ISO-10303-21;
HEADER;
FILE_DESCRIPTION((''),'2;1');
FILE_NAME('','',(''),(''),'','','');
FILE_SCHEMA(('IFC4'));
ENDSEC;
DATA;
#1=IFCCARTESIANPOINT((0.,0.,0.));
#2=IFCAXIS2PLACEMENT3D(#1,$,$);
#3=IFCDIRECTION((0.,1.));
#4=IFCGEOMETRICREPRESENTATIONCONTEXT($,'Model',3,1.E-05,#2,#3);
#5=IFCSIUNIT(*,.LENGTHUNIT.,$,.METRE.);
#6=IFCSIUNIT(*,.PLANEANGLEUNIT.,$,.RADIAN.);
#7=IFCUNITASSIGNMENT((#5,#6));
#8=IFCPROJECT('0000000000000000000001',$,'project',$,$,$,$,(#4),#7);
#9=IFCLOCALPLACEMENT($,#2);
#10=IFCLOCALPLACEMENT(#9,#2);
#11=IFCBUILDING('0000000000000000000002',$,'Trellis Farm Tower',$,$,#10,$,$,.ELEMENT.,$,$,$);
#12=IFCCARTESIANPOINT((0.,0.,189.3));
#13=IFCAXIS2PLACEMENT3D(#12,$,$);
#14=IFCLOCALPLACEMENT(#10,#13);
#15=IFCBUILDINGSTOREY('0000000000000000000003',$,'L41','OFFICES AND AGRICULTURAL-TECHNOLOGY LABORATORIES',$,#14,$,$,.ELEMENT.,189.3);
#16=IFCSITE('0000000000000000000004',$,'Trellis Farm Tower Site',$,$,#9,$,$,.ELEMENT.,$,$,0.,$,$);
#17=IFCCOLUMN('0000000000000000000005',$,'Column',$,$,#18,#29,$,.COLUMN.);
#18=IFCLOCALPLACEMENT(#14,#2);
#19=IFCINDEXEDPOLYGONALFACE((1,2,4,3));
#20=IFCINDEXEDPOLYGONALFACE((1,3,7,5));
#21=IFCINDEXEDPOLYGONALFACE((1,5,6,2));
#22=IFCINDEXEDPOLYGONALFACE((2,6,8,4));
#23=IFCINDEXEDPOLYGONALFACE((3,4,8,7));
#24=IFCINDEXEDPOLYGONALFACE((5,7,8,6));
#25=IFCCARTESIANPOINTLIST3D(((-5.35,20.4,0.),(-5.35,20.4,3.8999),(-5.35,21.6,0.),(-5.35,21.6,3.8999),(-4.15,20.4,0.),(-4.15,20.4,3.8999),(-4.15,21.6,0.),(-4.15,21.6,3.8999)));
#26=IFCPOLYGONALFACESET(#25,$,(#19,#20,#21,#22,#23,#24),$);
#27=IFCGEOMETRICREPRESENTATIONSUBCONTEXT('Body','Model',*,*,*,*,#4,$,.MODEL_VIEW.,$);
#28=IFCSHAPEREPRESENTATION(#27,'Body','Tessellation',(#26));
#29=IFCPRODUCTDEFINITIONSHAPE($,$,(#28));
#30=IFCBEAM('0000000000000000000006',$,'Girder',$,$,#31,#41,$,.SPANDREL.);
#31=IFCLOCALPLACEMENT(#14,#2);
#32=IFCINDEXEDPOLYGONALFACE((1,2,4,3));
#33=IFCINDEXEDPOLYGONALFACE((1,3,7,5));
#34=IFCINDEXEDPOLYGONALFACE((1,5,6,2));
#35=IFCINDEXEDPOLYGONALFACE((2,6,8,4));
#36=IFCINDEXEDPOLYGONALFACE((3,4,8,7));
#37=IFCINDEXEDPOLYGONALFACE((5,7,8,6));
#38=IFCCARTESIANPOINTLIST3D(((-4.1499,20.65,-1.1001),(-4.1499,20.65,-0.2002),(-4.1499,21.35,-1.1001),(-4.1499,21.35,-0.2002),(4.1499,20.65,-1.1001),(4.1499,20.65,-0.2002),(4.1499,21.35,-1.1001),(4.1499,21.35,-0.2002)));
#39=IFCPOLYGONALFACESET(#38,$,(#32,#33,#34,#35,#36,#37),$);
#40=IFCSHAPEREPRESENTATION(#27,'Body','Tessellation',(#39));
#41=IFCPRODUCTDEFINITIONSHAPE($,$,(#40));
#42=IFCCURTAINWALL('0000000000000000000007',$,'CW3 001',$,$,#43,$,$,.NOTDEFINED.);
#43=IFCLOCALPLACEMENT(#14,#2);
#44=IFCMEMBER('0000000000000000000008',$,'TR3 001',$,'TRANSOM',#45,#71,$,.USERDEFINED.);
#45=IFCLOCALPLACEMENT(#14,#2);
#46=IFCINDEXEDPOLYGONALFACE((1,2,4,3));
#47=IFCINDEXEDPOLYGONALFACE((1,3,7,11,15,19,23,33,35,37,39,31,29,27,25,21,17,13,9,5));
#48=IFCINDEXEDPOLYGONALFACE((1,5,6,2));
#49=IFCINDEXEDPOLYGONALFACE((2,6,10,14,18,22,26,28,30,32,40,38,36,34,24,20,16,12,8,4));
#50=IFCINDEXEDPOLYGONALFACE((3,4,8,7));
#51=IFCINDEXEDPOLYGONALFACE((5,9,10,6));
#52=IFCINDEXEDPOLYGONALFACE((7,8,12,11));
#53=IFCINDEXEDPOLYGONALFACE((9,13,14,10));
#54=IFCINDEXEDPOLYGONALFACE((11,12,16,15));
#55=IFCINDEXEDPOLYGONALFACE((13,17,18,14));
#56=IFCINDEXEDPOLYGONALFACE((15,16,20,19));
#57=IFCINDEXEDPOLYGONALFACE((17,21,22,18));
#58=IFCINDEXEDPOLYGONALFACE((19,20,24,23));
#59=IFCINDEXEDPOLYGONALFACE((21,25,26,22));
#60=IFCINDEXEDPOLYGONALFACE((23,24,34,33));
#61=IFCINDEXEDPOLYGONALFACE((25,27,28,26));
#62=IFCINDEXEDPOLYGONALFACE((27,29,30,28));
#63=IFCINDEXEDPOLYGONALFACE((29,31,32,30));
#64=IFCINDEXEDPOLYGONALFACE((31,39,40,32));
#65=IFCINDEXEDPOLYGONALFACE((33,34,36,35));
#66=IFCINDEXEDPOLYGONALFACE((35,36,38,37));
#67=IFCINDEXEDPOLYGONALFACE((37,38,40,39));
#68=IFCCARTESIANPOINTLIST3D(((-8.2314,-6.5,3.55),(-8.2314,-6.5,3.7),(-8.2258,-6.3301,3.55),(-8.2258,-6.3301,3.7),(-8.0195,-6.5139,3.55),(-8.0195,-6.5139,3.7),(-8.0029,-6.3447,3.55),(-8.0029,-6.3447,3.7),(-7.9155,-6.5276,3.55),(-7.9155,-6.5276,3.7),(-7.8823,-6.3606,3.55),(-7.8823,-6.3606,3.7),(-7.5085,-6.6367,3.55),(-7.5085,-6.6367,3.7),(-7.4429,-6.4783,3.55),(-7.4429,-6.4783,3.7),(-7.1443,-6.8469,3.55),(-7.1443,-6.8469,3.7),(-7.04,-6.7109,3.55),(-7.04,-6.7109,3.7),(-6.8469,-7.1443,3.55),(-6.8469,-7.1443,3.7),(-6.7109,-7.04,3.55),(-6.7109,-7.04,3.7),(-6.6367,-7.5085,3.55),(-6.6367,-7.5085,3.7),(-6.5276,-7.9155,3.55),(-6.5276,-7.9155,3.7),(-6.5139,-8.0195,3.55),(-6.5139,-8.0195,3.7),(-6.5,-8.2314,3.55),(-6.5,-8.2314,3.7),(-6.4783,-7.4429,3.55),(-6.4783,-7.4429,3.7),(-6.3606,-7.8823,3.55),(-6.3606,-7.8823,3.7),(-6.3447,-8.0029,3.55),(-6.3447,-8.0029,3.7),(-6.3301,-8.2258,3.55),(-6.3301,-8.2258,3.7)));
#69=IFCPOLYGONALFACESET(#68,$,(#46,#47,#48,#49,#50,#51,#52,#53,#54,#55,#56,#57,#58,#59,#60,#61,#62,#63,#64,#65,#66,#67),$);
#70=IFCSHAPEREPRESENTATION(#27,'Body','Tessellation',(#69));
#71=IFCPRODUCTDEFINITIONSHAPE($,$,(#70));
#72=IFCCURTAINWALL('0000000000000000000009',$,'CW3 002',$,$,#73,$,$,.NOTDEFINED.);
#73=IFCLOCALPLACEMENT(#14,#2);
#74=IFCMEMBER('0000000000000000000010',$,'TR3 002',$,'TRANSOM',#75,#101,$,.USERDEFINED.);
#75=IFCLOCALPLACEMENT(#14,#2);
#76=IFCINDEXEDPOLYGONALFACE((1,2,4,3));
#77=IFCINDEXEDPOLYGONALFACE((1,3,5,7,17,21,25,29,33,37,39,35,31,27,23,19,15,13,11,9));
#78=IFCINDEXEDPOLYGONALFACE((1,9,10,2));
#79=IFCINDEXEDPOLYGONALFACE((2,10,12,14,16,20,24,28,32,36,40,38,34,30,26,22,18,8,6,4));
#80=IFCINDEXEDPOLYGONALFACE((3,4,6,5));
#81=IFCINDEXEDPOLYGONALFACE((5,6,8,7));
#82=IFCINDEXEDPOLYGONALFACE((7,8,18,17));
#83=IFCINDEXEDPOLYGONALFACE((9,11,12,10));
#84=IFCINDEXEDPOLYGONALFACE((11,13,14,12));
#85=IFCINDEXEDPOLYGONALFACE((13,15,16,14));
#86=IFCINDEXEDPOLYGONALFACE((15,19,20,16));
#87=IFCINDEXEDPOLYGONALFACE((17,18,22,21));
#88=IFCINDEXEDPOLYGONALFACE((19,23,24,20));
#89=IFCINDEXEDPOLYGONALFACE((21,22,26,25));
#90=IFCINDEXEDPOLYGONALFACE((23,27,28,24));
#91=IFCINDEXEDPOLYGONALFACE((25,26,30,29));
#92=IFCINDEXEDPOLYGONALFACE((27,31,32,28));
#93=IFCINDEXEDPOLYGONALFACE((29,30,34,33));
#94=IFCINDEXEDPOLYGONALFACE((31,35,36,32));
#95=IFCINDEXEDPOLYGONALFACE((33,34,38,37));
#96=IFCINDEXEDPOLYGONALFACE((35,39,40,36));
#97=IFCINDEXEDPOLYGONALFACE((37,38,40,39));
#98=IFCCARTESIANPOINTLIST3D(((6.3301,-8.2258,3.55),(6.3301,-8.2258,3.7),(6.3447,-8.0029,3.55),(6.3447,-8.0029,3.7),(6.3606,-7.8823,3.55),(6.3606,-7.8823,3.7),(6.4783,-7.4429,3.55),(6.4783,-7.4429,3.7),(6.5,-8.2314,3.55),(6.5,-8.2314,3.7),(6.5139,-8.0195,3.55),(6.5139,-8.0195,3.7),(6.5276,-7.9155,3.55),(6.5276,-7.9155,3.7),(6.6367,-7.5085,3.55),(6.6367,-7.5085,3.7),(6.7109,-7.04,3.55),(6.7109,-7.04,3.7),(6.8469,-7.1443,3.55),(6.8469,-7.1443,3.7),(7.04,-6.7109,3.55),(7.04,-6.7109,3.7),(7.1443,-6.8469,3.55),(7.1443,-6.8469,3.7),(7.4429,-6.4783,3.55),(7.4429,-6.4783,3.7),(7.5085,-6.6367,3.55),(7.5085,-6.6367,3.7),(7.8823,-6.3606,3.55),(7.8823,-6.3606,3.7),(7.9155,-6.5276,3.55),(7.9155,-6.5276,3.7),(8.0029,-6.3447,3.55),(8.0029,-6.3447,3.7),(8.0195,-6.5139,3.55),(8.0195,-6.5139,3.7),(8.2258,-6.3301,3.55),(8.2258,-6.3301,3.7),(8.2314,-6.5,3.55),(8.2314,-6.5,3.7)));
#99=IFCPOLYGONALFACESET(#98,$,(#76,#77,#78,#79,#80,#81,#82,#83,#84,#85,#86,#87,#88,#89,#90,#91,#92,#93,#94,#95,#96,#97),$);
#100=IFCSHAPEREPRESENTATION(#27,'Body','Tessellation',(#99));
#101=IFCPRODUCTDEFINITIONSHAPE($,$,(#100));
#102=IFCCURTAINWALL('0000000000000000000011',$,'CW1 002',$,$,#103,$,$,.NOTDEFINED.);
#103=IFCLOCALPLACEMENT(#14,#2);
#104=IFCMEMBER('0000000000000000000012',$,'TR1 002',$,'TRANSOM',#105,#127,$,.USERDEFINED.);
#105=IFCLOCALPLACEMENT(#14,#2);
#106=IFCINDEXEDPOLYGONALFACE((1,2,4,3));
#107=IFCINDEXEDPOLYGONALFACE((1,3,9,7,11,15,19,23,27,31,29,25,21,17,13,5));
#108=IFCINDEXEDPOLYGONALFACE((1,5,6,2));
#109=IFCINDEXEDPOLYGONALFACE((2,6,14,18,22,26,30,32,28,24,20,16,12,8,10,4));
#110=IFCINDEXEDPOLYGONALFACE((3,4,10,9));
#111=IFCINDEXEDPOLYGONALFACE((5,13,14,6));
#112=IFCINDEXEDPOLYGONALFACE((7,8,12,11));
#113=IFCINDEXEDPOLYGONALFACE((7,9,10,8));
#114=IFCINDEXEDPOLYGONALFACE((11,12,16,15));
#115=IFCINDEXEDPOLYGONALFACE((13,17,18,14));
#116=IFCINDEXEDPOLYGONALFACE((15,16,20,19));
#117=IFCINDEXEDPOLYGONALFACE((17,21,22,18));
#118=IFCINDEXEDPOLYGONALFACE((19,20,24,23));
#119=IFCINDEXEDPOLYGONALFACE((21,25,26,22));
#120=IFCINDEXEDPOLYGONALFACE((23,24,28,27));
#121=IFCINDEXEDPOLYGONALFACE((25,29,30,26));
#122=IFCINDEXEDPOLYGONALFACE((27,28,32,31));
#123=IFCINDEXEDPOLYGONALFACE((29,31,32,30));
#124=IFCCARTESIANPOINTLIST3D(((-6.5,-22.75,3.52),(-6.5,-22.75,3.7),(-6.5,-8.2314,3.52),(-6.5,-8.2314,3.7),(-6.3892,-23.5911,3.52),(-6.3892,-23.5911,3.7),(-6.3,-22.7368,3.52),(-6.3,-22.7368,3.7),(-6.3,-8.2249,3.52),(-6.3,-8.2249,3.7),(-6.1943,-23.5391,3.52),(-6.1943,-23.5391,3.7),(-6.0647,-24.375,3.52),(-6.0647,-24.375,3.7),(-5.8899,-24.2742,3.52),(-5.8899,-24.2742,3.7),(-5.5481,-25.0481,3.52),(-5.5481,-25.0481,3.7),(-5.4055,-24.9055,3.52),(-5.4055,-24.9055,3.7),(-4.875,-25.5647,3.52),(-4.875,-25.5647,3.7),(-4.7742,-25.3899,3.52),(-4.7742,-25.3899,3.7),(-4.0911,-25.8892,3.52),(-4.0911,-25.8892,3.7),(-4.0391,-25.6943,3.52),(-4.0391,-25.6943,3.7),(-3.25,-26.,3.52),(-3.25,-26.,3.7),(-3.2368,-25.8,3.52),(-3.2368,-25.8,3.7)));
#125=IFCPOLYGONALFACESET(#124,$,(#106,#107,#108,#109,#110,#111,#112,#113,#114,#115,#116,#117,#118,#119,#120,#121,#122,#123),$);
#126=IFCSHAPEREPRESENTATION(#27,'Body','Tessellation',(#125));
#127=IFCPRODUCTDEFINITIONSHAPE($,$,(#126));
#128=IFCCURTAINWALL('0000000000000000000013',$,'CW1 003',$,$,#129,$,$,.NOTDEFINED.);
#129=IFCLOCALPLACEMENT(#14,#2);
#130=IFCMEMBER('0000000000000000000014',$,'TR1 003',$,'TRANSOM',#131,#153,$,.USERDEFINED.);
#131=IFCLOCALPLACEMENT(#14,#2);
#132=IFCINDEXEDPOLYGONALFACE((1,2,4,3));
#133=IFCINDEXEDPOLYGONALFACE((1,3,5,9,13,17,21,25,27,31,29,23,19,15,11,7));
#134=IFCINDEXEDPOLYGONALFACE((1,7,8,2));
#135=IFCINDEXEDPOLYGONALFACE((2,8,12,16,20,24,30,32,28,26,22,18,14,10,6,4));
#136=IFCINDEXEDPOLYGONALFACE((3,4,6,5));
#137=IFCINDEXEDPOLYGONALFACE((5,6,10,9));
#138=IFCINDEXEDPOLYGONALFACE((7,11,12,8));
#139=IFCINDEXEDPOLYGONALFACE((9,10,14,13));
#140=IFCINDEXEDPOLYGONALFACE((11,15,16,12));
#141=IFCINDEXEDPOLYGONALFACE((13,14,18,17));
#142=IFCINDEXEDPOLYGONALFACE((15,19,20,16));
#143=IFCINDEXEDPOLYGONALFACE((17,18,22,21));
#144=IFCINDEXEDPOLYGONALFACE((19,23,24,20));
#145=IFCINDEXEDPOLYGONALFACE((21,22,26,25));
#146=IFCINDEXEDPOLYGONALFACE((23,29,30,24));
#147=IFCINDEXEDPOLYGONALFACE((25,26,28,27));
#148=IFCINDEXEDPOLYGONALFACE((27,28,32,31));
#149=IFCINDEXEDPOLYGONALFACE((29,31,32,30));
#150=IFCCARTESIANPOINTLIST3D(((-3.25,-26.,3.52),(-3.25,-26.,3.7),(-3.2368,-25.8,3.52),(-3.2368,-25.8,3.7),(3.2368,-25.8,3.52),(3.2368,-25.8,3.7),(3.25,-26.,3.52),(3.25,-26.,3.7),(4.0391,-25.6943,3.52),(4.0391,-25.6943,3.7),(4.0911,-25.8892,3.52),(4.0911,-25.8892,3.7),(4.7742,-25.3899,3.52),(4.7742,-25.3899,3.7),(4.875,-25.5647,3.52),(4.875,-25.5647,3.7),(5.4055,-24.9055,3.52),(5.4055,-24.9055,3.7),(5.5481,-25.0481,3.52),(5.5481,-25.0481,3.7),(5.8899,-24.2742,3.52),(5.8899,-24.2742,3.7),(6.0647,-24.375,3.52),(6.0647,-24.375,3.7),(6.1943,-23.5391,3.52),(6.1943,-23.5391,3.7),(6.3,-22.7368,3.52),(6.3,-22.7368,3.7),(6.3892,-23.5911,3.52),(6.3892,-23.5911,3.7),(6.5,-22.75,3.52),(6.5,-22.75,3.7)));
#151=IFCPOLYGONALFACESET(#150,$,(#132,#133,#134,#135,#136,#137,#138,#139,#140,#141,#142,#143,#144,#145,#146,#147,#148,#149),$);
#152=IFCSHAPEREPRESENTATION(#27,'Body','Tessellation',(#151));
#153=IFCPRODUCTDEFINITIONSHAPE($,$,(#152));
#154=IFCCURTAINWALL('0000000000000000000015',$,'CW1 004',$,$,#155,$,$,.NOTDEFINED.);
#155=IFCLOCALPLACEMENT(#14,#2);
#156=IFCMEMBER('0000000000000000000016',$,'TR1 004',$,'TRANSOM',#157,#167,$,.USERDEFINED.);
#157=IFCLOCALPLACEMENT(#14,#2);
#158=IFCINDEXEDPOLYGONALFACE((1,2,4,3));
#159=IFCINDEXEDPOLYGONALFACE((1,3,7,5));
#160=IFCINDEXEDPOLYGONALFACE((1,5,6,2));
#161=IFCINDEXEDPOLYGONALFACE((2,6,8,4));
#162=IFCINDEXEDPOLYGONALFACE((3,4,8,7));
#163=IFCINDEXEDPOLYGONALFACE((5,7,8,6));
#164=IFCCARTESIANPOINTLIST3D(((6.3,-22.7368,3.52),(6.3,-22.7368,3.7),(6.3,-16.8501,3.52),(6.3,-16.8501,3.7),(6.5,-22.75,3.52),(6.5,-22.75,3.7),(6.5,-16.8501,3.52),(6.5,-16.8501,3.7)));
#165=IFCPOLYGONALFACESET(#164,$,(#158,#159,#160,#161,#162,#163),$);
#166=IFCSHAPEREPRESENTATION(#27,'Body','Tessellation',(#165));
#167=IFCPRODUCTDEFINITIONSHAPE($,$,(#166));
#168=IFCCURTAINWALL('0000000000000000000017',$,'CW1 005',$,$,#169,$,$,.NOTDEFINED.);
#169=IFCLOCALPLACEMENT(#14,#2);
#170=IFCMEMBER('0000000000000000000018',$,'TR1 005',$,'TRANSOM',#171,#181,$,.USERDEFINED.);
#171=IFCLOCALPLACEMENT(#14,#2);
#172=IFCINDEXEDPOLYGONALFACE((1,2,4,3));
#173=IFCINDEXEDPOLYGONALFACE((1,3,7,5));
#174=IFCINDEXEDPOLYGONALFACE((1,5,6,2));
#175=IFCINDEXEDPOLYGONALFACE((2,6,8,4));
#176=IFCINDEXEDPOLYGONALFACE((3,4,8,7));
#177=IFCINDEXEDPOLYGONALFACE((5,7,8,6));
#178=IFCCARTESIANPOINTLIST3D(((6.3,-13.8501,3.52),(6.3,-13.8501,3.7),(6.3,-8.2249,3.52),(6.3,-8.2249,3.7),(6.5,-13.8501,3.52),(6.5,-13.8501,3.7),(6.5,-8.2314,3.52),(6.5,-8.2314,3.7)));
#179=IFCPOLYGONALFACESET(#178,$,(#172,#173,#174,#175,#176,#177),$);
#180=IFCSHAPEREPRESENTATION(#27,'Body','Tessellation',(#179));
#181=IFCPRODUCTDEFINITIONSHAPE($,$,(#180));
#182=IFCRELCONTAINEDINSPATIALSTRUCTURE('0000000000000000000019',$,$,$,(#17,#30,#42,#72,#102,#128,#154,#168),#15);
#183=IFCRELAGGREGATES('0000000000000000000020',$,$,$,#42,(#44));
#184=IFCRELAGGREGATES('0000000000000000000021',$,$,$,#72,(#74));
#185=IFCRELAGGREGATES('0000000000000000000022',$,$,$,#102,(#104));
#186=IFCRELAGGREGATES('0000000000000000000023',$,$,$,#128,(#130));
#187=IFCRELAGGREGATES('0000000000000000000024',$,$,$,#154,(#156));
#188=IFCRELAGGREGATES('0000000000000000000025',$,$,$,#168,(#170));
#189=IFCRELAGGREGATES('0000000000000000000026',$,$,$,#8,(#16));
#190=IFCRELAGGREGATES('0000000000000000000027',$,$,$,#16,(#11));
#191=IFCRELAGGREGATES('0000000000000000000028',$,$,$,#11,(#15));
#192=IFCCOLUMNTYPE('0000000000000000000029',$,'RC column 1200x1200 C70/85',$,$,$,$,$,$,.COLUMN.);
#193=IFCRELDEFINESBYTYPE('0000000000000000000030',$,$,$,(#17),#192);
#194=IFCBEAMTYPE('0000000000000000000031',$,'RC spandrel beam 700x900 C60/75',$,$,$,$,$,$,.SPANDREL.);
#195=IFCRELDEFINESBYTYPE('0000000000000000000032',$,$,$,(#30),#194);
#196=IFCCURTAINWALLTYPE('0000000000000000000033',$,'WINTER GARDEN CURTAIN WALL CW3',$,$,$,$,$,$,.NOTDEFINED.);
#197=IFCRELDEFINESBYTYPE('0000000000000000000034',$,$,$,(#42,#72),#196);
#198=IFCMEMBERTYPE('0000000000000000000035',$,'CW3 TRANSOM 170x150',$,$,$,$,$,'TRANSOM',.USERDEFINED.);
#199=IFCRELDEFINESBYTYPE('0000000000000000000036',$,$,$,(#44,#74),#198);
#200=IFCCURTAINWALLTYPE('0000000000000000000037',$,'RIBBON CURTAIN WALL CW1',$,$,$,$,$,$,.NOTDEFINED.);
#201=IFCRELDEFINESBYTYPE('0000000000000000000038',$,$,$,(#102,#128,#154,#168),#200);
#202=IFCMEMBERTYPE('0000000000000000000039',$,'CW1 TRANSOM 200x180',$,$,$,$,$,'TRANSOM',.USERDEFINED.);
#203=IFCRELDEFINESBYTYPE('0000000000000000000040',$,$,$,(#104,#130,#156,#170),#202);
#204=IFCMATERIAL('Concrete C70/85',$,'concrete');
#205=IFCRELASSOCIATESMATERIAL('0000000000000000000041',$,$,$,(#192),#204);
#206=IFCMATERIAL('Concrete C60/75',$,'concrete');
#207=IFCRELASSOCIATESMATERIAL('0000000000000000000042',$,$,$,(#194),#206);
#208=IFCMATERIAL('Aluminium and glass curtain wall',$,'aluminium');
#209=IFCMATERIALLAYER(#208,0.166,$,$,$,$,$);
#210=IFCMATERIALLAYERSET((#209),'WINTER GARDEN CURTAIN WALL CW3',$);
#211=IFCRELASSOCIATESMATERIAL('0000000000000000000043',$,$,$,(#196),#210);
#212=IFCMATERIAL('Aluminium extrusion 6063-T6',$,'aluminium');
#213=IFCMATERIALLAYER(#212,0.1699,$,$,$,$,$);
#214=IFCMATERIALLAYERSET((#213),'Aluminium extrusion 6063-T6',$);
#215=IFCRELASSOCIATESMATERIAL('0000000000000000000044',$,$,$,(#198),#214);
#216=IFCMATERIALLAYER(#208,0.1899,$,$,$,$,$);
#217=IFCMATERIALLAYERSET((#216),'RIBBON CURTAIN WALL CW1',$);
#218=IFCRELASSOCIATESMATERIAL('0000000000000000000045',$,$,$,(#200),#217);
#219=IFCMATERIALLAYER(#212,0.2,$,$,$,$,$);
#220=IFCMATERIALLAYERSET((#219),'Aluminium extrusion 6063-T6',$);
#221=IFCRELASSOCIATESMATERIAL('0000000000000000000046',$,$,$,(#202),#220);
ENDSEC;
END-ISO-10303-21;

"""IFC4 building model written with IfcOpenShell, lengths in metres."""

from ifc_helpers import new_model, si_unit, direction, frame, origin, origin_2d, place, context, subcontext, project, spatial, polyline, rectangle, outline, extrude, source, transform, mapped, material, layer, layer_set, material_profile, profile_set, type_object, element, aggregate, save


model = new_model("IFC4")

# Units and contexts
model_context = context("Model", 3, precision=1e-05, world=origin(), true_north=direction((0.0, 1.0)))
body_context = subcontext(model_context, "Body", "Model", "MODEL_VIEW")
ifc_project = project(units=[si_unit("LENGTHUNIT", "METRE"), si_unit("PLANEANGLEUNIT", "RADIAN")], contexts=[model_context])

# Site, building, storey
site_placement = place(None, origin())
site = spatial("IfcSite", under=ifc_project, at=site_placement, Name="Trellis Farm Tower Site", CompositionType="ELEMENT", RefElevation=0.0)
building_placement = place(site_placement, origin())
building = spatial("IfcBuilding", under=site, at=building_placement, Name="Trellis Farm Tower", CompositionType="ELEMENT")
storey_placement = place(building_placement, frame((0.0, 0.0, 189.3)))
storey = spatial("IfcBuildingStorey", under=building, at=storey_placement, Name="L41", Description="OFFICES AND AGRICULTURAL-TECHNOLOGY LABORATORIES", CompositionType="ELEMENT", Elevation=189.3)

# Column
ifc_material_1 = material(Name="Concrete C70/85", Category="concrete")
ifc_material_profile_1 = material_profile(ifc_material_1, rectangle(XDim=1.2, YDim=1.2, at=origin_2d()), Name="RC column 1200x1200 C70/85")
ifc_profile_set_1 = profile_set([ifc_material_profile_1], Name="Concrete C70/85")
column_type = type_object("IfcColumnType", Name="RC column 1200x1200 C70/85", PredefinedType="COLUMN", material=ifc_profile_set_1)
shared_shape_1 = source(origin(), body_context, "Body", "SweptSolid", [
    extrude(rectangle(XDim=1.2, YDim=1.2, at=origin_2d()), origin(), (0.0, 0.0, 1.0), 3.8999),
])
column_placement = place(storey_placement, frame((-4.75, 21.0, 0.0), z_axis=(0.0, 0.0, 1.0), x_axis=(1.0, 0.0, 0.0)))
element("IfcColumn", 1, at=column_placement, inside=storey, type_object=column_type, Name="Column", PredefinedType="COLUMN", context=body_context, shape_type="MappedRepresentation", body=[
    mapped(shared_shape_1, transform((0.0, 0.0, 0.0))),
])

# Beam
ifc_material_2 = material(Name="Concrete C60/75", Category="concrete")
ifc_material_profile_2 = material_profile(ifc_material_2, rectangle(XDim=0.7, YDim=0.8999, at=origin_2d()), Name="RC spandrel beam 700x900 C60/75")
ifc_profile_set_2 = profile_set([ifc_material_profile_2], Name="Concrete C60/75")
beam_type = type_object("IfcBeamType", Name="RC spandrel beam 700x900 C60/75", PredefinedType="SPANDREL", material=ifc_profile_set_2)
shared_shape_2 = source(origin(), body_context, "Body", "SweptSolid", [
    extrude(rectangle(XDim=0.7, YDim=0.8999, at=origin_2d()), origin(), (0.0, 0.0, 1.0), 8.2998),
])
beam_placement = place(storey_placement, frame((-4.1499, 21.0, -0.6501), z_axis=(1.0, 0.0, 0.0), x_axis=(0.0, 1.0, 0.0)))
element("IfcBeam", 2, at=beam_placement, inside=storey, type_object=beam_type, Name="Girder", PredefinedType="SPANDREL", context=body_context, shape_type="MappedRepresentation", body=[
    mapped(shared_shape_2, transform((0.0, 0.0, 0.0))),
])

# Curtain walls, members
ifc_material_3 = material(Name="Aluminium and glass curtain wall", Category="aluminium")
ifc_layer_1 = layer(ifc_material_3, 0.166)
ifc_layer_set_1 = layer_set([ifc_layer_1], Name="WINTER GARDEN CURTAIN WALL CW3")
curtain_wall_type_1 = type_object("IfcCurtainWallType", Name="WINTER GARDEN CURTAIN WALL CW3", PredefinedType="NOTDEFINED", material=ifc_layer_set_1)
placement_1 = place(storey_placement, origin())
curtain_wall_1 = element("IfcCurtainWall", 3, at=placement_1, inside=storey, type_object=curtain_wall_type_1, Name="CW3 001", PredefinedType="NOTDEFINED")
ifc_material_4 = material(Name="Aluminium extrusion 6063-T6", Category="aluminium")
ifc_layer_2 = layer(ifc_material_4, 0.1699)
ifc_layer_set_2 = layer_set([ifc_layer_2], Name="Aluminium extrusion 6063-T6")
member_type_1 = type_object("IfcMemberType", Name="CW3 TRANSOM 170x150", ElementType="TRANSOM", PredefinedType="USERDEFINED", material=ifc_layer_set_2)
shared_shape_3 = source(origin(), body_context, "Body", "SweptSolid", [
    extrude(outline(polyline([(-8.2314, -6.5), (-8.0195, -6.5139), (-7.9155, -6.5276), (-7.5085, -6.6367), (-7.1443, -6.8469), (-6.8469, -7.1443), (-6.6367, -7.5085), (-6.5276, -7.9155), (-6.5139, -8.0195), (-6.5, -8.2314), (-6.3301, -8.2258), (-6.3447, -8.0029), (-6.3606, -7.8823), (-6.4783, -7.4429), (-6.7109, -7.04), (-7.04, -6.7109), (-7.4429, -6.4783), (-7.8823, -6.3606), (-8.0029, -6.3447), (-8.2258, -6.3301), (-8.2314, -6.5)])), origin(), (0.0, 0.0, 1.0), 0.1499),
])
placement_2 = place(storey_placement, frame((0.0, 0.0, 3.55)))
member_1 = element("IfcMember", 4, at=placement_2, type_object=member_type_1, Name="TR3 001", ObjectType="TRANSOM", PredefinedType="USERDEFINED", context=body_context, shape_type="MappedRepresentation", body=[
    mapped(shared_shape_3, transform((0.0, 0.0, 0.0))),
])
curtain_wall_2 = element("IfcCurtainWall", 5, at=placement_1, inside=storey, type_object=curtain_wall_type_1, Name="CW3 002", PredefinedType="NOTDEFINED")
shared_shape_4 = source(origin(), body_context, "Body", "SweptSolid", [
    extrude(outline(polyline([(6.5, -8.2314), (6.5139, -8.0195), (6.5276, -7.9155), (6.6367, -7.5085), (6.8469, -7.1443), (7.1443, -6.8469), (7.5085, -6.6367), (7.9155, -6.5276), (8.0195, -6.5139), (8.2314, -6.5), (8.2258, -6.3301), (8.0029, -6.3447), (7.8823, -6.3606), (7.4429, -6.4783), (7.04, -6.7109), (6.7109, -7.04), (6.4783, -7.4429), (6.3606, -7.8823), (6.3447, -8.0029), (6.3301, -8.2258), (6.5, -8.2314)])), origin(), (0.0, 0.0, 1.0), 0.1499),
])
member_2 = element("IfcMember", 6, at=placement_2, type_object=member_type_1, Name="TR3 002", ObjectType="TRANSOM", PredefinedType="USERDEFINED", context=body_context, shape_type="MappedRepresentation", body=[
    mapped(shared_shape_4, transform((0.0, 0.0, 0.0))),
])
ifc_layer_3 = layer(ifc_material_3, 0.1899)
ifc_layer_set_3 = layer_set([ifc_layer_3], Name="RIBBON CURTAIN WALL CW1")
curtain_wall_type_2 = type_object("IfcCurtainWallType", Name="RIBBON CURTAIN WALL CW1", PredefinedType="NOTDEFINED", material=ifc_layer_set_3)
curtain_wall_3 = element("IfcCurtainWall", 7, at=placement_1, inside=storey, type_object=curtain_wall_type_2, Name="CW1 002", PredefinedType="NOTDEFINED")
ifc_layer_4 = layer(ifc_material_4, 0.2)
ifc_layer_set_4 = layer_set([ifc_layer_4], Name="Aluminium extrusion 6063-T6")
member_type_2 = type_object("IfcMemberType", Name="CW1 TRANSOM 200x180", ElementType="TRANSOM", PredefinedType="USERDEFINED", material=ifc_layer_set_4)
shared_shape_5 = source(origin(), body_context, "Body", "SweptSolid", [
    extrude(outline(polyline([(-6.5, -8.2314), (-6.5, -22.75), (-6.3892, -23.5911), (-6.0647, -24.375), (-5.5481, -25.0481), (-4.875, -25.5647), (-4.0911, -25.8892), (-3.25, -26.0), (-3.2368, -25.8), (-4.0391, -25.6943), (-4.7742, -25.3899), (-5.4055, -24.9055), (-5.8899, -24.2742), (-6.1943, -23.5391), (-6.3, -22.7368), (-6.3, -8.2249), (-6.5, -8.2314)])), origin(), (0.0, 0.0, 1.0), 0.1799),
])
placement_3 = place(storey_placement, frame((0.0, 0.0, 3.52)))
member_3 = element("IfcMember", 8, at=placement_3, type_object=member_type_2, Name="TR1 002", ObjectType="TRANSOM", PredefinedType="USERDEFINED", context=body_context, shape_type="MappedRepresentation", body=[
    mapped(shared_shape_5, transform((0.0, 0.0, 0.0))),
])
curtain_wall_4 = element("IfcCurtainWall", 9, at=placement_1, inside=storey, type_object=curtain_wall_type_2, Name="CW1 003", PredefinedType="NOTDEFINED")
shared_shape_6 = source(origin(), body_context, "Body", "SweptSolid", [
    extrude(outline(polyline([(-3.25, -26.0), (3.25, -26.0), (4.0911, -25.8892), (4.875, -25.5647), (5.5481, -25.0481), (6.0647, -24.375), (6.3892, -23.5911), (6.5, -22.75), (6.3, -22.7368), (6.1943, -23.5391), (5.8899, -24.2742), (5.4055, -24.9055), (4.7742, -25.3899), (4.0391, -25.6943), (3.2368, -25.8), (-3.2368, -25.8), (-3.25, -26.0)])), origin(), (0.0, 0.0, 1.0), 0.1799),
])
member_4 = element("IfcMember", 10, at=placement_3, type_object=member_type_2, Name="TR1 003", ObjectType="TRANSOM", PredefinedType="USERDEFINED", context=body_context, shape_type="MappedRepresentation", body=[
    mapped(shared_shape_6, transform((0.0, 0.0, 0.0))),
])
curtain_wall_5 = element("IfcCurtainWall", 11, at=placement_1, inside=storey, type_object=curtain_wall_type_2, Name="CW1 004", PredefinedType="NOTDEFINED")
shared_shape_7 = source(origin(), body_context, "Body", "SweptSolid", [
    extrude(outline(polyline([(6.5, -22.75), (6.5, -16.8501), (6.3, -16.8501), (6.3, -22.7368), (6.5, -22.75)])), origin(), (0.0, 0.0, 1.0), 0.1799),
])
member_5 = element("IfcMember", 12, at=placement_3, type_object=member_type_2, Name="TR1 004", ObjectType="TRANSOM", PredefinedType="USERDEFINED", context=body_context, shape_type="MappedRepresentation", body=[
    mapped(shared_shape_7, transform((0.0, 0.0, 0.0))),
])
curtain_wall_6 = element("IfcCurtainWall", 13, at=placement_1, inside=storey, type_object=curtain_wall_type_2, Name="CW1 005", PredefinedType="NOTDEFINED")
shared_shape_8 = source(origin(), body_context, "Body", "SweptSolid", [
    extrude(outline(polyline([(6.5, -13.8501), (6.5, -8.2314), (6.3, -8.2249), (6.3, -13.8501), (6.5, -13.8501)])), origin(), (0.0, 0.0, 1.0), 0.1799),
])
member_6 = element("IfcMember", 14, at=placement_3, type_object=member_type_2, Name="TR1 005", ObjectType="TRANSOM", PredefinedType="USERDEFINED", context=body_context, shape_type="MappedRepresentation", body=[
    mapped(shared_shape_8, transform((0.0, 0.0, 0.0))),
])

aggregate(curtain_wall_1, [member_1])
aggregate(curtain_wall_2, [member_2])
aggregate(curtain_wall_3, [member_3])
aggregate(curtain_wall_4, [member_4])
aggregate(curtain_wall_5, [member_5])
aggregate(curtain_wall_6, [member_6])

save(model, "model.ifc")
